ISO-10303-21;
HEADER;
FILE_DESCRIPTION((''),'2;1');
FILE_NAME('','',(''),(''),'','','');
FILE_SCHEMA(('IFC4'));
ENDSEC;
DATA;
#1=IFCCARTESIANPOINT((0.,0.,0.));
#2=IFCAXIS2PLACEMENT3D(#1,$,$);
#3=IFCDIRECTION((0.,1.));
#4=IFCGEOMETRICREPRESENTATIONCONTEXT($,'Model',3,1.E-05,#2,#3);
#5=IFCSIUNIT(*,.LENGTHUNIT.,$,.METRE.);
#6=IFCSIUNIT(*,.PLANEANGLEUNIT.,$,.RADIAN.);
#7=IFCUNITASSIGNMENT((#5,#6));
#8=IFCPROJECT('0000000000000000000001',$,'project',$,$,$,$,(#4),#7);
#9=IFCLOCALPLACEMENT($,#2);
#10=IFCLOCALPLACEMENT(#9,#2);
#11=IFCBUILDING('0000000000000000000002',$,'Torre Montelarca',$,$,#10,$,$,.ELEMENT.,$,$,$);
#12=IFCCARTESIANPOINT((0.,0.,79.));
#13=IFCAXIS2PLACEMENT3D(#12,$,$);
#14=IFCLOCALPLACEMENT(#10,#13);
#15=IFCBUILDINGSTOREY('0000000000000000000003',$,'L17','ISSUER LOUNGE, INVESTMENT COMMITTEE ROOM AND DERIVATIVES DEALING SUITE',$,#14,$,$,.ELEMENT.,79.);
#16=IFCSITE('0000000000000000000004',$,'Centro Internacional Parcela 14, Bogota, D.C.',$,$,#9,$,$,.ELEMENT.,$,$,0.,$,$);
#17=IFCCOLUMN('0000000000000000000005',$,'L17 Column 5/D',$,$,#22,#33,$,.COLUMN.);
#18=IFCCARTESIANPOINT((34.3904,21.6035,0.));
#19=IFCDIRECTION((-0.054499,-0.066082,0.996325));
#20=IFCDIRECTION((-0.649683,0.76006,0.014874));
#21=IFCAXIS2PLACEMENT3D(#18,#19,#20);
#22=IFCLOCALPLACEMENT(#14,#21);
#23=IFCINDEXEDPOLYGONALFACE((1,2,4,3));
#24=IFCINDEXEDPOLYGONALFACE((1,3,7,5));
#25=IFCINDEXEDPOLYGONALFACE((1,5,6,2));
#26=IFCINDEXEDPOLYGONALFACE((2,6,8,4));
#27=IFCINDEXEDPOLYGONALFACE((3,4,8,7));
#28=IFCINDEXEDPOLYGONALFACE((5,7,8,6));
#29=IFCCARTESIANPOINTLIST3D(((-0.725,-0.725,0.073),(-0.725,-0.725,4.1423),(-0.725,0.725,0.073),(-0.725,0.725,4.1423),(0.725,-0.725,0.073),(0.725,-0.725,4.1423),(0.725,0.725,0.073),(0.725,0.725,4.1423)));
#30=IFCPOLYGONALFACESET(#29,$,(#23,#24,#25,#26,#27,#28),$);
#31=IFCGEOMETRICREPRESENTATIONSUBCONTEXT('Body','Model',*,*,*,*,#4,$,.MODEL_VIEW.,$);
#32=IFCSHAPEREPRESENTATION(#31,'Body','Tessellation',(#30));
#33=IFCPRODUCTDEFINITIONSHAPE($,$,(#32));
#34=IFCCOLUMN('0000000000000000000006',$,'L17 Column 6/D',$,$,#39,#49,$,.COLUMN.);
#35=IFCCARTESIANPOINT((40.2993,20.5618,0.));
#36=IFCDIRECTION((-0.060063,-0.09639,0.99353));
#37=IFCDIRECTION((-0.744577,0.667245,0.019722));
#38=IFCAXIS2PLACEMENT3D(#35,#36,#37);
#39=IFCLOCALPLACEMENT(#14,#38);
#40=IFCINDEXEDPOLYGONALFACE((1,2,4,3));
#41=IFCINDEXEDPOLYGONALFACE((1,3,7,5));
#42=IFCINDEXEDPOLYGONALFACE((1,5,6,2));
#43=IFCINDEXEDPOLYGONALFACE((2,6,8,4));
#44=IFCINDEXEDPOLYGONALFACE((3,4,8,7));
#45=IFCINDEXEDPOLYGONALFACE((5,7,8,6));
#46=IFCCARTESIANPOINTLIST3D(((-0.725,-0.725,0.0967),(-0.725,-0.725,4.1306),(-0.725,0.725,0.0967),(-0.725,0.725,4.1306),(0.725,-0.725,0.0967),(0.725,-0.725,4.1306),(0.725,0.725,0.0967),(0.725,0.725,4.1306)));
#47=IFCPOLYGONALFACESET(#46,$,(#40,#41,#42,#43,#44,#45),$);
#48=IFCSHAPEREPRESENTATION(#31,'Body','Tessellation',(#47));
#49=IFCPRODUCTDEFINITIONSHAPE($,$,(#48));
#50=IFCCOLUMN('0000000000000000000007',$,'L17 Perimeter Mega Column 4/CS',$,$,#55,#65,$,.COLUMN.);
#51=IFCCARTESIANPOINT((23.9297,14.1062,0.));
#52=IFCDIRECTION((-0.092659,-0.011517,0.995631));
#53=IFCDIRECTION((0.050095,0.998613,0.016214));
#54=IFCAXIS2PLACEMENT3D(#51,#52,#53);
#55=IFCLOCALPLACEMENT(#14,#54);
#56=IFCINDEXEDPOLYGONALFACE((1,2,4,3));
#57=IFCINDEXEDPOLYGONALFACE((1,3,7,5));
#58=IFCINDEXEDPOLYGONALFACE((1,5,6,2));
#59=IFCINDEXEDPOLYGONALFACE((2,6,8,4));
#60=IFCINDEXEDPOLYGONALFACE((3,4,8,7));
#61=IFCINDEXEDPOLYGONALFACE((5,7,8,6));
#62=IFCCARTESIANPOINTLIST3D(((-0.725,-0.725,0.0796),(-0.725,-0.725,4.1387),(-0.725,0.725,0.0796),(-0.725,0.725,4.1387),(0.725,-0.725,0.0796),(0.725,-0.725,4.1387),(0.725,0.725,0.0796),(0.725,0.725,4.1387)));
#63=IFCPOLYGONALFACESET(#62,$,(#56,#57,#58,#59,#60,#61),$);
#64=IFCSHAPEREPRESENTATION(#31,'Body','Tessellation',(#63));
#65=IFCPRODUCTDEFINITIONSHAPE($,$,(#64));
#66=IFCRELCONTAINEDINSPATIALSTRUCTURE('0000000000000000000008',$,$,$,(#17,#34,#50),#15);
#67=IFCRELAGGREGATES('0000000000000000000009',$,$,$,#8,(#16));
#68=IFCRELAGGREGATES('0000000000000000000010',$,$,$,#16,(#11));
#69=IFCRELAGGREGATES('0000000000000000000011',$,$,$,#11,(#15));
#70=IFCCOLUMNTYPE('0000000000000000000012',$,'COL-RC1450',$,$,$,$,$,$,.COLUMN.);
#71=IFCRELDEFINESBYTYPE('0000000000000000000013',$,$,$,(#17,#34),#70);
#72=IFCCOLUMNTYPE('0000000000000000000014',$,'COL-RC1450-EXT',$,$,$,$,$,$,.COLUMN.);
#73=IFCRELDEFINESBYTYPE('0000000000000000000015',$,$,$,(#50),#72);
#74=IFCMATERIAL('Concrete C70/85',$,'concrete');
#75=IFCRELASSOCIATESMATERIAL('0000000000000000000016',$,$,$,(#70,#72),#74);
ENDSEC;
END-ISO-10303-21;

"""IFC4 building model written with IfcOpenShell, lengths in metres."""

from ifc_helpers import new_model, si_unit, direction, frame, origin, origin_2d, place, context, subcontext, project, spatial, rectangle, extrude, clip, halfspace, material, material_profile, profile_set, type_object, element, save


model = new_model("IFC4")

# Units and contexts
model_context = context("Model", 3, precision=1e-05, world=origin(), true_north=direction((0.0, 1.0)))
body_context = subcontext(model_context, "Body", "Model", "MODEL_VIEW")
ifc_project = project(units=[si_unit("LENGTHUNIT", "METRE"), si_unit("PLANEANGLEUNIT", "RADIAN")], contexts=[model_context])

# Site, building, storey
site_placement = place(None, origin())
site = spatial("IfcSite", under=ifc_project, at=site_placement, Name="Centro Internacional Parcela 14, Bogota, D.C.", CompositionType="ELEMENT", RefElevation=0.0)
building_placement = place(site_placement, origin())
building = spatial("IfcBuilding", under=site, at=building_placement, Name="Torre Montelarca", CompositionType="ELEMENT")
storey_placement = place(building_placement, frame((0.0, 0.0, 79.0)))
storey = spatial("IfcBuildingStorey", under=building, at=storey_placement, Name="L17", Description="ISSUER LOUNGE, INVESTMENT COMMITTEE ROOM AND DERIVATIVES DEALING SUITE", CompositionType="ELEMENT", Elevation=79.0)

# Columns
ifc_material_1 = material(Name="Concrete C70/85", Category="concrete")
ifc_material_profile_1 = material_profile(ifc_material_1, rectangle(XDim=1.45, YDim=1.45, at=origin_2d()), Name="RC1450X1450", Category="concrete")
ifc_profile_set_1 = profile_set([ifc_material_profile_1], Name="Concrete C70/85")
column_type_1 = type_object("IfcColumnType", Name="COL-RC1450", PredefinedType="COLUMN", material=ifc_profile_set_1)
column_1_placement = place(storey_placement, frame((34.3904, 21.6035, 0.0), z_axis=(-0.054499, -0.066082, 0.996325), x_axis=(-0.649683, 0.76006, 0.014874)))
element("IfcColumn", 1, at=column_1_placement, inside=storey, type_object=column_type_1, Name="L17 Column 5/D", PredefinedType="COLUMN", context=body_context, shape_type="Clipping", body=[
    clip(clip(extrude(rectangle(XDim=1.45, YDim=1.45, at=origin_2d()), origin(), (0.0, 0.0, 1.0), 4.2153), halfspace(frame((0.0, 0.0, 0.073), z_axis=(0.0, 0.0, -1.0), x_axis=(1.0, 0.0, 0.0)), False)), halfspace(frame((0.0, 0.0, 4.1423), z_axis=(0.0, 0.0, 1.0), x_axis=(1.0, 0.0, 0.0)), False)),
])
column_2_placement = place(storey_placement, frame((40.2993, 20.5618, 0.0), z_axis=(-0.060063, -0.09639, 0.99353), x_axis=(-0.744577, 0.667245, 0.019722)))
element("IfcColumn", 2, at=column_2_placement, inside=storey, type_object=column_type_1, Name="L17 Column 6/D", PredefinedType="COLUMN", context=body_context, shape_type="Clipping", body=[
    clip(clip(extrude(rectangle(XDim=1.45, YDim=1.45, at=origin_2d()), origin(), (0.0, 0.0, 1.0), 4.2273), halfspace(frame((0.0, 0.0, 0.0967), z_axis=(0.0, 0.0, -1.0), x_axis=(1.0, 0.0, 0.0)), False)), halfspace(frame((0.0, 0.0, 4.1306), z_axis=(0.0, 0.0, 1.0), x_axis=(1.0, 0.0, 0.0)), False)),
])
ifc_material_profile_2 = material_profile(ifc_material_1, rectangle(XDim=1.45, YDim=1.45, at=origin_2d()), Name="RC1450X1450", Category="concrete")
ifc_profile_set_2 = profile_set([ifc_material_profile_2], Name="Concrete C70/85")
column_type_2 = type_object("IfcColumnType", Name="COL-RC1450-EXT", PredefinedType="COLUMN", material=ifc_profile_set_2)
column_3_placement = place(storey_placement, frame((23.9297, 14.1062, 0.0), z_axis=(-0.092659, -0.011517, 0.995631), x_axis=(0.050095, 0.998613, 0.016214)))
element("IfcColumn", 3, at=column_3_placement, inside=storey, type_object=column_type_2, Name="L17 Perimeter Mega Column 4/CS", PredefinedType="COLUMN", context=body_context, shape_type="Clipping", body=[
    clip(clip(extrude(rectangle(XDim=1.45, YDim=1.45, at=origin_2d()), origin(), (0.0, 0.0, 1.0), 4.2183), halfspace(frame((0.0, 0.0, 0.0796), z_axis=(0.0, 0.0, -1.0), x_axis=(1.0, 0.0, 0.0)), False)), halfspace(frame((0.0, 0.0, 4.1387), z_axis=(0.0, 0.0, 1.0), x_axis=(1.0, 0.0, 0.0)), False)),
])

save(model, "model.ifc")
